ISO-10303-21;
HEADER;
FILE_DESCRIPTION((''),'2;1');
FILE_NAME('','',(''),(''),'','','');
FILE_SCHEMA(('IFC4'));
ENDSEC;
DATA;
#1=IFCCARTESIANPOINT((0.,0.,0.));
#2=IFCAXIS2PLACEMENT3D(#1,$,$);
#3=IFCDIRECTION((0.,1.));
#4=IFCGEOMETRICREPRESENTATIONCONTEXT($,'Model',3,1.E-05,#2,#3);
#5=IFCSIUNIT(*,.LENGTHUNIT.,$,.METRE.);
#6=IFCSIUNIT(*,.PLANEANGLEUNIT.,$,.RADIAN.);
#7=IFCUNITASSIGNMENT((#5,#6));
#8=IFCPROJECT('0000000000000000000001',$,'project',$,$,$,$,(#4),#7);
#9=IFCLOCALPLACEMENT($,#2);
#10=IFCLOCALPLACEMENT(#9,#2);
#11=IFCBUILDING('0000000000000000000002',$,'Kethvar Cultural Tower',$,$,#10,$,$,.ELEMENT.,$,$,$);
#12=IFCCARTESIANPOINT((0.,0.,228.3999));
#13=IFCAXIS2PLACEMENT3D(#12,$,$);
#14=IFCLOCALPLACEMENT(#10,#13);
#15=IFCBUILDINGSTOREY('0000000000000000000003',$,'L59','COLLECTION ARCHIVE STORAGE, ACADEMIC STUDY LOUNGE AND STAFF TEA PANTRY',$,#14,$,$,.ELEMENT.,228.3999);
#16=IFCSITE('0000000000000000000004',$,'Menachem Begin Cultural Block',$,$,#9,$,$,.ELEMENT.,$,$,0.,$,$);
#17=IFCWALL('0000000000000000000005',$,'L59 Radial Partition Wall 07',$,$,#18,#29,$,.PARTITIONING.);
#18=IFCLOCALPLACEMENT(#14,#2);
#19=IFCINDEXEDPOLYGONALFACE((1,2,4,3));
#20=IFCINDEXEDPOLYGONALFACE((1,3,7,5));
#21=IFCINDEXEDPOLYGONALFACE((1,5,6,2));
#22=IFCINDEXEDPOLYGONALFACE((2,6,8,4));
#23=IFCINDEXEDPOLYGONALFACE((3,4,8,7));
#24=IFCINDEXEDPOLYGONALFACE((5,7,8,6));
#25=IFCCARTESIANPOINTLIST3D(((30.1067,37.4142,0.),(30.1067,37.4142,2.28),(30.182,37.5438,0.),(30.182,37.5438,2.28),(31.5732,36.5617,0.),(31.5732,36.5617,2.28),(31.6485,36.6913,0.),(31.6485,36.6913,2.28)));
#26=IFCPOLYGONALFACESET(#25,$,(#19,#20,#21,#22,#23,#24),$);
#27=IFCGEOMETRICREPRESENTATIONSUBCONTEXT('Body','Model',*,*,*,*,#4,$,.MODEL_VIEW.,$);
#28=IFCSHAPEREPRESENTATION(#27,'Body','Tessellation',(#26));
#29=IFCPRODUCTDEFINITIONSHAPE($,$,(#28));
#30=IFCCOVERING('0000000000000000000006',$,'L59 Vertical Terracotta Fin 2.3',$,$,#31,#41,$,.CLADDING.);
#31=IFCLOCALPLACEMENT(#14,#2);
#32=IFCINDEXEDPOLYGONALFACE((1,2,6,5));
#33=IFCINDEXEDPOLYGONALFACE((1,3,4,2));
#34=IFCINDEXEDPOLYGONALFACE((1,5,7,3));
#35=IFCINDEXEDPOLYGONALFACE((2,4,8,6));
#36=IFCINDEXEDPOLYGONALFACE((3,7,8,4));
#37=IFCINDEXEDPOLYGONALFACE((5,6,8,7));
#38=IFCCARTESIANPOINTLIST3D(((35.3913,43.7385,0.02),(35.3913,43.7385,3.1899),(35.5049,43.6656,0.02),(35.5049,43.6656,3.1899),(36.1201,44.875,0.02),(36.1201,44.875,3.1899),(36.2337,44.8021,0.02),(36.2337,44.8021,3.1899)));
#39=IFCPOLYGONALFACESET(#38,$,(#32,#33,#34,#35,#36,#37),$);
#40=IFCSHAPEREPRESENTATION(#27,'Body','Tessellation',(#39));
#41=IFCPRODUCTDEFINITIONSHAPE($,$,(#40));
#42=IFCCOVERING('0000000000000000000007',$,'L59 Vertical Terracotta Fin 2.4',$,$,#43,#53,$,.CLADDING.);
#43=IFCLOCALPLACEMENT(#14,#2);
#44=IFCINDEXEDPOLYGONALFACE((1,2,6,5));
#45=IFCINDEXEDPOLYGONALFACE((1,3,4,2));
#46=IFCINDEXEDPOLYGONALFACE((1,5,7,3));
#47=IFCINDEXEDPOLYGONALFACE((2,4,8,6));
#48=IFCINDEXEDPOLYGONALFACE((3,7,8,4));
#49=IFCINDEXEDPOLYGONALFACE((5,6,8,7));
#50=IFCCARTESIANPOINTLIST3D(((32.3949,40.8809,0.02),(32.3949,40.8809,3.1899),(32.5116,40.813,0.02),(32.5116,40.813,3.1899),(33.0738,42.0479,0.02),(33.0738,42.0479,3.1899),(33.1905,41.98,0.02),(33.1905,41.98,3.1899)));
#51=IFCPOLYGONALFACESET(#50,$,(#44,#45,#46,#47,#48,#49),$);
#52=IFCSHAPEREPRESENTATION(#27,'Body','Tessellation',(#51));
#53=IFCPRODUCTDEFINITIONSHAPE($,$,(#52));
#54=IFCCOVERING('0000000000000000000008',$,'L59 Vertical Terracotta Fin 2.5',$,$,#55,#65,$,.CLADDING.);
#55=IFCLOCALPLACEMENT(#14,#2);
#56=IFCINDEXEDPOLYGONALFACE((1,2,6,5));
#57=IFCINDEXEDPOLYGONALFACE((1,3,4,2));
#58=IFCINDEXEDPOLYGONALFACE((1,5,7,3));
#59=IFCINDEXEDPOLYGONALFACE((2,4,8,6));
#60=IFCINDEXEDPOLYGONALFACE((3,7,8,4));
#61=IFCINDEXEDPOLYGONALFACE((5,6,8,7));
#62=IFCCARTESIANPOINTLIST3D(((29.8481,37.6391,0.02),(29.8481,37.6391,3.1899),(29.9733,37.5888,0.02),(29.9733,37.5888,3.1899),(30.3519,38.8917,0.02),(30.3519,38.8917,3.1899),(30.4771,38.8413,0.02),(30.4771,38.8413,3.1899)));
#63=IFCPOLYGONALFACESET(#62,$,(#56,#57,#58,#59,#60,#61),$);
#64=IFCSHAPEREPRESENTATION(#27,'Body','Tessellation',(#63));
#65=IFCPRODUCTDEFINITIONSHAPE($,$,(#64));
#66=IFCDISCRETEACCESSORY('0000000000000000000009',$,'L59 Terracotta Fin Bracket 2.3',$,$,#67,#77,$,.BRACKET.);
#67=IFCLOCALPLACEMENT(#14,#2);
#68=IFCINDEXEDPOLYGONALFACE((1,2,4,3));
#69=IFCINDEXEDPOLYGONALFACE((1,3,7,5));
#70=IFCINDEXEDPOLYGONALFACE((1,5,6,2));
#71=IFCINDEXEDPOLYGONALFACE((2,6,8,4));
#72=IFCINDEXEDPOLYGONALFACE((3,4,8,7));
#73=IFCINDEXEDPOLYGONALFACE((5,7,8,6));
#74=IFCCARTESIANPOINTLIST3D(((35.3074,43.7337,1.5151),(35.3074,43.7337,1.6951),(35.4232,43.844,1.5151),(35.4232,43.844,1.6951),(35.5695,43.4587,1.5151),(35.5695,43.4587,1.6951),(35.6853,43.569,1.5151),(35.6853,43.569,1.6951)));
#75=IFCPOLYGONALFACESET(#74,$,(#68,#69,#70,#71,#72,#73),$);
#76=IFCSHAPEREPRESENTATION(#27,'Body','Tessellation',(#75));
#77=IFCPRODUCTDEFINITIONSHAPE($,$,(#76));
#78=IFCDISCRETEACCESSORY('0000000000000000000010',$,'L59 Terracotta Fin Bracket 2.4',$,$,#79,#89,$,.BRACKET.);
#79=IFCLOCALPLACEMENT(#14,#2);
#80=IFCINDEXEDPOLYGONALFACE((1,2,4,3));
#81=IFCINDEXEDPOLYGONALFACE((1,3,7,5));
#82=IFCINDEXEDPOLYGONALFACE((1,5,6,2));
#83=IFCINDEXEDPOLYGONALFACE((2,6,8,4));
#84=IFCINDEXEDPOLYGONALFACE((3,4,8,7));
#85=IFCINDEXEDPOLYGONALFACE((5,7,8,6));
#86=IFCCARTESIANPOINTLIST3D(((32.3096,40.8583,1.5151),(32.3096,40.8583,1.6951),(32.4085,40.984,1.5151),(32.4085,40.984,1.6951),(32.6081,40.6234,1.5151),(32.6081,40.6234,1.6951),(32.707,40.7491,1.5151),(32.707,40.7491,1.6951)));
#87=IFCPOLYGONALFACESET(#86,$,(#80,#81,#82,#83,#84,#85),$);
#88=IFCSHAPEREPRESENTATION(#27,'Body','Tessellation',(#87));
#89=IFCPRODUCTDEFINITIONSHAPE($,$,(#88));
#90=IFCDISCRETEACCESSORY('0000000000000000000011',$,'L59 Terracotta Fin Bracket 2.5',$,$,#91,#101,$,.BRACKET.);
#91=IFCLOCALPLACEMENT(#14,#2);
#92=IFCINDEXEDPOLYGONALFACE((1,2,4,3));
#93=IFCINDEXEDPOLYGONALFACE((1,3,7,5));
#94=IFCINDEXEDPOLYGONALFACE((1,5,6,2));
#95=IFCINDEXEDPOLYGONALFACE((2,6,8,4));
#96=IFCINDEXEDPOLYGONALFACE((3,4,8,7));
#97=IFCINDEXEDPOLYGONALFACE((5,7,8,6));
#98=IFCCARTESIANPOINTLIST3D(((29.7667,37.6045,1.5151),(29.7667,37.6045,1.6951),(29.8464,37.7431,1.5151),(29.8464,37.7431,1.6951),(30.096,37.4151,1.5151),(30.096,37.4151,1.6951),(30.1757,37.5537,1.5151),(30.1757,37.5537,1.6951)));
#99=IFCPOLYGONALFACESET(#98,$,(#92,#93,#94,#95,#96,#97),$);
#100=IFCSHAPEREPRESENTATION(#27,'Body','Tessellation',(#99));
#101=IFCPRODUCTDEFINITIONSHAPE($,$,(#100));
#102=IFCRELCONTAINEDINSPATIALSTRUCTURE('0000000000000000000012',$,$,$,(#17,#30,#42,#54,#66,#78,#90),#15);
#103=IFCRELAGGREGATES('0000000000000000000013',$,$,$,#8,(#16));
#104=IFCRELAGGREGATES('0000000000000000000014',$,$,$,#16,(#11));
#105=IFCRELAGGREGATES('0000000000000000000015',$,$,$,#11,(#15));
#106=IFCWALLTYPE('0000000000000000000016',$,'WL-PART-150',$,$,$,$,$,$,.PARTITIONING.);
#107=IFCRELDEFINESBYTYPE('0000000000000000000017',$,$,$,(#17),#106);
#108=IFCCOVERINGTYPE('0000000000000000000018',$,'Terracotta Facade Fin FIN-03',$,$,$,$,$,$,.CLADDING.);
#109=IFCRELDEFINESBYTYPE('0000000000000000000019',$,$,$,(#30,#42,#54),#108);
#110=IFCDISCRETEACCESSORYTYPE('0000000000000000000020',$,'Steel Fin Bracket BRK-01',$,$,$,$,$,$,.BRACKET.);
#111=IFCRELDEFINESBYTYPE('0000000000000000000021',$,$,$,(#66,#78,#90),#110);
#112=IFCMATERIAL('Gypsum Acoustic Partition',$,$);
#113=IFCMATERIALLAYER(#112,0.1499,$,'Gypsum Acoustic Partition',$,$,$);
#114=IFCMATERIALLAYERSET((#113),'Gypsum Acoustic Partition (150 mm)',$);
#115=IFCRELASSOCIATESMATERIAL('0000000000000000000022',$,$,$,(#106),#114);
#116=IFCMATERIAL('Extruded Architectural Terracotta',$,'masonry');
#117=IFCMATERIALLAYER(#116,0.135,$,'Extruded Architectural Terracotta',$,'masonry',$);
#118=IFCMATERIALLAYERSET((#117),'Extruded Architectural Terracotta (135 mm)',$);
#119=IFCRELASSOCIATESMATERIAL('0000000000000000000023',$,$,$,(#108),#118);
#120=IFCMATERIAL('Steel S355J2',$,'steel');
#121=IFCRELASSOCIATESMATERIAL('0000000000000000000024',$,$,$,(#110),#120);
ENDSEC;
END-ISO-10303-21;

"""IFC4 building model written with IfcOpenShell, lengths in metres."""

from ifc_helpers import new_model, si_unit, direction, frame, frame_2d, origin, origin_2d, place, context, subcontext, project, spatial, rectangle, extrude, source, transform, mapped, material, layer, layer_set, type_object, element, save


model = new_model("IFC4")

# Units and contexts
model_context = context("Model", 3, precision=1e-05, world=origin(), true_north=direction((0.0, 1.0)))
body_context = subcontext(model_context, "Body", "Model", "MODEL_VIEW")
ifc_project = project(units=[si_unit("LENGTHUNIT", "METRE"), si_unit("PLANEANGLEUNIT", "RADIAN")], contexts=[model_context])

# Site, building, storey
site_placement = place(None, origin())
site = spatial("IfcSite", under=ifc_project, at=site_placement, Name="Menachem Begin Cultural Block", CompositionType="ELEMENT", RefElevation=0.0)
building_placement = place(site_placement, origin())
building = spatial("IfcBuilding", under=site, at=building_placement, Name="Kethvar Cultural Tower", CompositionType="ELEMENT")
storey_placement = place(building_placement, frame((0.0, 0.0, 228.3999)))
storey = spatial("IfcBuildingStorey", under=building, at=storey_placement, Name="L59", Description="COLLECTION ARCHIVE STORAGE, ACADEMIC STUDY LOUNGE AND STAFF TEA PANTRY", CompositionType="ELEMENT", Elevation=228.3999)

# Shared definitions
ifc_material_1 = material(Name="Steel S355J2", Category="steel")

# Wall
ifc_material_2 = material(Name="Gypsum Acoustic Partition")
ifc_layer_1 = layer(ifc_material_2, 0.1499, Name="Gypsum Acoustic Partition")
ifc_layer_set_1 = layer_set([ifc_layer_1], Name="Gypsum Acoustic Partition (150 mm)")
wall_type_1 = type_object("IfcWallType", Name="WL-PART-150", PredefinedType="PARTITIONING", material=ifc_layer_set_1)
wall_1_placement = place(storey_placement, frame((31.6108, 36.6265, 0.0), z_axis=(0.0, 0.0, 1.0), x_axis=(-0.864535, 0.502573, 0.0)))
element("IfcWall", 1, at=wall_1_placement, inside=storey, type_object=wall_type_1, Name="L59 Radial Partition Wall 07", PredefinedType="PARTITIONING", context=body_context, shape_type="SweptSolid", body=[
    extrude(rectangle(XDim=1.6963, YDim=0.1499, at=frame_2d((0.8481, 0.0))), origin(), (0.0, 0.0, 1.0), 2.28),
])

# Coverings
ifc_material_3 = material(Name="Extruded Architectural Terracotta", Category="masonry")
ifc_layer_2 = layer(ifc_material_3, 0.135, Name="Extruded Architectural Terracotta", Category="masonry")
ifc_layer_set_2 = layer_set([ifc_layer_2], Name="Extruded Architectural Terracotta (135 mm)")
covering_type = type_object("IfcCoveringType", Name="Terracotta Facade Fin FIN-03", PredefinedType="CLADDING", material=ifc_layer_set_2)
shared_shape_1 = source(origin(), body_context, "Body", "SweptSolid", [
    extrude(rectangle(XDim=1.3501, YDim=0.135, at=origin_2d()), origin(), (0.0, 0.0, 1.0), 3.1699),
])
for number, where, z_axis, x_axis, name in (
    (2, (35.8125, 44.2703, 0.02), (0.0, 0.0, 1.0), (0.5398, 0.841794, 0.0), "L59 Vertical Terracotta Fin 2.3"),
    (3, (32.7927, 41.4304, 0.02), (0.0, 0.0, 1.0), (0.502869, 0.864363, 0.0), "L59 Vertical Terracotta Fin 2.4"),
    (4, (30.1626, 38.2402, 0.02), (0.0, 0.0, 1.0), (0.37315, 0.927771, 0.0), "L59 Vertical Terracotta Fin 2.5"),
):
    element("IfcCovering", number, at=place(storey_placement, frame(where, z_axis=z_axis, x_axis=x_axis)), inside=storey, type_object=covering_type, Name=name, PredefinedType="CLADDING", context=body_context, shape_type="MappedRepresentation", body=[
        mapped(shared_shape_1, transform((0.0, 0.0, 0.0), scale=1.0)),
    ])

# Discrete accessories
discrete_accessory_type = type_object("IfcDiscreteAccessoryType", Name="Steel Fin Bracket BRK-01", PredefinedType="BRACKET", material=ifc_material_1)
shared_shape_2 = source(origin(), body_context, "Body", "SweptSolid", [
    extrude(rectangle(XDim=0.3799, YDim=0.1599, at=origin_2d()), origin(), (0.0, 0.0, 1.0), 0.1799),
])
for number, where, z_axis, x_axis, name in (
    (5, (35.4963, 43.6514, 1.5151), (0.0, 0.0, 1.0), (-0.689872, 0.723931, 0.0), "L59 Terracotta Fin Bracket 2.3"),
    (6, (32.5083, 40.8037, 1.5151), (0.0, 0.0, 1.0), (-0.785857, 0.618408, 0.0), "L59 Terracotta Fin Bracket 2.4"),
    (7, (29.9712, 37.5791, 1.5151), (0.0, 0.0, 1.0), (-0.86681, 0.498639, 0.0), "L59 Terracotta Fin Bracket 2.5"),
):
    element("IfcDiscreteAccessory", number, at=place(storey_placement, frame(where, z_axis=z_axis, x_axis=x_axis)), inside=storey, type_object=discrete_accessory_type, Name=name, PredefinedType="BRACKET", context=body_context, shape_type="MappedRepresentation", body=[
        mapped(shared_shape_2, transform((0.0, 0.0, 0.0), scale=1.0)),
    ])

save(model, "model.ifc")
